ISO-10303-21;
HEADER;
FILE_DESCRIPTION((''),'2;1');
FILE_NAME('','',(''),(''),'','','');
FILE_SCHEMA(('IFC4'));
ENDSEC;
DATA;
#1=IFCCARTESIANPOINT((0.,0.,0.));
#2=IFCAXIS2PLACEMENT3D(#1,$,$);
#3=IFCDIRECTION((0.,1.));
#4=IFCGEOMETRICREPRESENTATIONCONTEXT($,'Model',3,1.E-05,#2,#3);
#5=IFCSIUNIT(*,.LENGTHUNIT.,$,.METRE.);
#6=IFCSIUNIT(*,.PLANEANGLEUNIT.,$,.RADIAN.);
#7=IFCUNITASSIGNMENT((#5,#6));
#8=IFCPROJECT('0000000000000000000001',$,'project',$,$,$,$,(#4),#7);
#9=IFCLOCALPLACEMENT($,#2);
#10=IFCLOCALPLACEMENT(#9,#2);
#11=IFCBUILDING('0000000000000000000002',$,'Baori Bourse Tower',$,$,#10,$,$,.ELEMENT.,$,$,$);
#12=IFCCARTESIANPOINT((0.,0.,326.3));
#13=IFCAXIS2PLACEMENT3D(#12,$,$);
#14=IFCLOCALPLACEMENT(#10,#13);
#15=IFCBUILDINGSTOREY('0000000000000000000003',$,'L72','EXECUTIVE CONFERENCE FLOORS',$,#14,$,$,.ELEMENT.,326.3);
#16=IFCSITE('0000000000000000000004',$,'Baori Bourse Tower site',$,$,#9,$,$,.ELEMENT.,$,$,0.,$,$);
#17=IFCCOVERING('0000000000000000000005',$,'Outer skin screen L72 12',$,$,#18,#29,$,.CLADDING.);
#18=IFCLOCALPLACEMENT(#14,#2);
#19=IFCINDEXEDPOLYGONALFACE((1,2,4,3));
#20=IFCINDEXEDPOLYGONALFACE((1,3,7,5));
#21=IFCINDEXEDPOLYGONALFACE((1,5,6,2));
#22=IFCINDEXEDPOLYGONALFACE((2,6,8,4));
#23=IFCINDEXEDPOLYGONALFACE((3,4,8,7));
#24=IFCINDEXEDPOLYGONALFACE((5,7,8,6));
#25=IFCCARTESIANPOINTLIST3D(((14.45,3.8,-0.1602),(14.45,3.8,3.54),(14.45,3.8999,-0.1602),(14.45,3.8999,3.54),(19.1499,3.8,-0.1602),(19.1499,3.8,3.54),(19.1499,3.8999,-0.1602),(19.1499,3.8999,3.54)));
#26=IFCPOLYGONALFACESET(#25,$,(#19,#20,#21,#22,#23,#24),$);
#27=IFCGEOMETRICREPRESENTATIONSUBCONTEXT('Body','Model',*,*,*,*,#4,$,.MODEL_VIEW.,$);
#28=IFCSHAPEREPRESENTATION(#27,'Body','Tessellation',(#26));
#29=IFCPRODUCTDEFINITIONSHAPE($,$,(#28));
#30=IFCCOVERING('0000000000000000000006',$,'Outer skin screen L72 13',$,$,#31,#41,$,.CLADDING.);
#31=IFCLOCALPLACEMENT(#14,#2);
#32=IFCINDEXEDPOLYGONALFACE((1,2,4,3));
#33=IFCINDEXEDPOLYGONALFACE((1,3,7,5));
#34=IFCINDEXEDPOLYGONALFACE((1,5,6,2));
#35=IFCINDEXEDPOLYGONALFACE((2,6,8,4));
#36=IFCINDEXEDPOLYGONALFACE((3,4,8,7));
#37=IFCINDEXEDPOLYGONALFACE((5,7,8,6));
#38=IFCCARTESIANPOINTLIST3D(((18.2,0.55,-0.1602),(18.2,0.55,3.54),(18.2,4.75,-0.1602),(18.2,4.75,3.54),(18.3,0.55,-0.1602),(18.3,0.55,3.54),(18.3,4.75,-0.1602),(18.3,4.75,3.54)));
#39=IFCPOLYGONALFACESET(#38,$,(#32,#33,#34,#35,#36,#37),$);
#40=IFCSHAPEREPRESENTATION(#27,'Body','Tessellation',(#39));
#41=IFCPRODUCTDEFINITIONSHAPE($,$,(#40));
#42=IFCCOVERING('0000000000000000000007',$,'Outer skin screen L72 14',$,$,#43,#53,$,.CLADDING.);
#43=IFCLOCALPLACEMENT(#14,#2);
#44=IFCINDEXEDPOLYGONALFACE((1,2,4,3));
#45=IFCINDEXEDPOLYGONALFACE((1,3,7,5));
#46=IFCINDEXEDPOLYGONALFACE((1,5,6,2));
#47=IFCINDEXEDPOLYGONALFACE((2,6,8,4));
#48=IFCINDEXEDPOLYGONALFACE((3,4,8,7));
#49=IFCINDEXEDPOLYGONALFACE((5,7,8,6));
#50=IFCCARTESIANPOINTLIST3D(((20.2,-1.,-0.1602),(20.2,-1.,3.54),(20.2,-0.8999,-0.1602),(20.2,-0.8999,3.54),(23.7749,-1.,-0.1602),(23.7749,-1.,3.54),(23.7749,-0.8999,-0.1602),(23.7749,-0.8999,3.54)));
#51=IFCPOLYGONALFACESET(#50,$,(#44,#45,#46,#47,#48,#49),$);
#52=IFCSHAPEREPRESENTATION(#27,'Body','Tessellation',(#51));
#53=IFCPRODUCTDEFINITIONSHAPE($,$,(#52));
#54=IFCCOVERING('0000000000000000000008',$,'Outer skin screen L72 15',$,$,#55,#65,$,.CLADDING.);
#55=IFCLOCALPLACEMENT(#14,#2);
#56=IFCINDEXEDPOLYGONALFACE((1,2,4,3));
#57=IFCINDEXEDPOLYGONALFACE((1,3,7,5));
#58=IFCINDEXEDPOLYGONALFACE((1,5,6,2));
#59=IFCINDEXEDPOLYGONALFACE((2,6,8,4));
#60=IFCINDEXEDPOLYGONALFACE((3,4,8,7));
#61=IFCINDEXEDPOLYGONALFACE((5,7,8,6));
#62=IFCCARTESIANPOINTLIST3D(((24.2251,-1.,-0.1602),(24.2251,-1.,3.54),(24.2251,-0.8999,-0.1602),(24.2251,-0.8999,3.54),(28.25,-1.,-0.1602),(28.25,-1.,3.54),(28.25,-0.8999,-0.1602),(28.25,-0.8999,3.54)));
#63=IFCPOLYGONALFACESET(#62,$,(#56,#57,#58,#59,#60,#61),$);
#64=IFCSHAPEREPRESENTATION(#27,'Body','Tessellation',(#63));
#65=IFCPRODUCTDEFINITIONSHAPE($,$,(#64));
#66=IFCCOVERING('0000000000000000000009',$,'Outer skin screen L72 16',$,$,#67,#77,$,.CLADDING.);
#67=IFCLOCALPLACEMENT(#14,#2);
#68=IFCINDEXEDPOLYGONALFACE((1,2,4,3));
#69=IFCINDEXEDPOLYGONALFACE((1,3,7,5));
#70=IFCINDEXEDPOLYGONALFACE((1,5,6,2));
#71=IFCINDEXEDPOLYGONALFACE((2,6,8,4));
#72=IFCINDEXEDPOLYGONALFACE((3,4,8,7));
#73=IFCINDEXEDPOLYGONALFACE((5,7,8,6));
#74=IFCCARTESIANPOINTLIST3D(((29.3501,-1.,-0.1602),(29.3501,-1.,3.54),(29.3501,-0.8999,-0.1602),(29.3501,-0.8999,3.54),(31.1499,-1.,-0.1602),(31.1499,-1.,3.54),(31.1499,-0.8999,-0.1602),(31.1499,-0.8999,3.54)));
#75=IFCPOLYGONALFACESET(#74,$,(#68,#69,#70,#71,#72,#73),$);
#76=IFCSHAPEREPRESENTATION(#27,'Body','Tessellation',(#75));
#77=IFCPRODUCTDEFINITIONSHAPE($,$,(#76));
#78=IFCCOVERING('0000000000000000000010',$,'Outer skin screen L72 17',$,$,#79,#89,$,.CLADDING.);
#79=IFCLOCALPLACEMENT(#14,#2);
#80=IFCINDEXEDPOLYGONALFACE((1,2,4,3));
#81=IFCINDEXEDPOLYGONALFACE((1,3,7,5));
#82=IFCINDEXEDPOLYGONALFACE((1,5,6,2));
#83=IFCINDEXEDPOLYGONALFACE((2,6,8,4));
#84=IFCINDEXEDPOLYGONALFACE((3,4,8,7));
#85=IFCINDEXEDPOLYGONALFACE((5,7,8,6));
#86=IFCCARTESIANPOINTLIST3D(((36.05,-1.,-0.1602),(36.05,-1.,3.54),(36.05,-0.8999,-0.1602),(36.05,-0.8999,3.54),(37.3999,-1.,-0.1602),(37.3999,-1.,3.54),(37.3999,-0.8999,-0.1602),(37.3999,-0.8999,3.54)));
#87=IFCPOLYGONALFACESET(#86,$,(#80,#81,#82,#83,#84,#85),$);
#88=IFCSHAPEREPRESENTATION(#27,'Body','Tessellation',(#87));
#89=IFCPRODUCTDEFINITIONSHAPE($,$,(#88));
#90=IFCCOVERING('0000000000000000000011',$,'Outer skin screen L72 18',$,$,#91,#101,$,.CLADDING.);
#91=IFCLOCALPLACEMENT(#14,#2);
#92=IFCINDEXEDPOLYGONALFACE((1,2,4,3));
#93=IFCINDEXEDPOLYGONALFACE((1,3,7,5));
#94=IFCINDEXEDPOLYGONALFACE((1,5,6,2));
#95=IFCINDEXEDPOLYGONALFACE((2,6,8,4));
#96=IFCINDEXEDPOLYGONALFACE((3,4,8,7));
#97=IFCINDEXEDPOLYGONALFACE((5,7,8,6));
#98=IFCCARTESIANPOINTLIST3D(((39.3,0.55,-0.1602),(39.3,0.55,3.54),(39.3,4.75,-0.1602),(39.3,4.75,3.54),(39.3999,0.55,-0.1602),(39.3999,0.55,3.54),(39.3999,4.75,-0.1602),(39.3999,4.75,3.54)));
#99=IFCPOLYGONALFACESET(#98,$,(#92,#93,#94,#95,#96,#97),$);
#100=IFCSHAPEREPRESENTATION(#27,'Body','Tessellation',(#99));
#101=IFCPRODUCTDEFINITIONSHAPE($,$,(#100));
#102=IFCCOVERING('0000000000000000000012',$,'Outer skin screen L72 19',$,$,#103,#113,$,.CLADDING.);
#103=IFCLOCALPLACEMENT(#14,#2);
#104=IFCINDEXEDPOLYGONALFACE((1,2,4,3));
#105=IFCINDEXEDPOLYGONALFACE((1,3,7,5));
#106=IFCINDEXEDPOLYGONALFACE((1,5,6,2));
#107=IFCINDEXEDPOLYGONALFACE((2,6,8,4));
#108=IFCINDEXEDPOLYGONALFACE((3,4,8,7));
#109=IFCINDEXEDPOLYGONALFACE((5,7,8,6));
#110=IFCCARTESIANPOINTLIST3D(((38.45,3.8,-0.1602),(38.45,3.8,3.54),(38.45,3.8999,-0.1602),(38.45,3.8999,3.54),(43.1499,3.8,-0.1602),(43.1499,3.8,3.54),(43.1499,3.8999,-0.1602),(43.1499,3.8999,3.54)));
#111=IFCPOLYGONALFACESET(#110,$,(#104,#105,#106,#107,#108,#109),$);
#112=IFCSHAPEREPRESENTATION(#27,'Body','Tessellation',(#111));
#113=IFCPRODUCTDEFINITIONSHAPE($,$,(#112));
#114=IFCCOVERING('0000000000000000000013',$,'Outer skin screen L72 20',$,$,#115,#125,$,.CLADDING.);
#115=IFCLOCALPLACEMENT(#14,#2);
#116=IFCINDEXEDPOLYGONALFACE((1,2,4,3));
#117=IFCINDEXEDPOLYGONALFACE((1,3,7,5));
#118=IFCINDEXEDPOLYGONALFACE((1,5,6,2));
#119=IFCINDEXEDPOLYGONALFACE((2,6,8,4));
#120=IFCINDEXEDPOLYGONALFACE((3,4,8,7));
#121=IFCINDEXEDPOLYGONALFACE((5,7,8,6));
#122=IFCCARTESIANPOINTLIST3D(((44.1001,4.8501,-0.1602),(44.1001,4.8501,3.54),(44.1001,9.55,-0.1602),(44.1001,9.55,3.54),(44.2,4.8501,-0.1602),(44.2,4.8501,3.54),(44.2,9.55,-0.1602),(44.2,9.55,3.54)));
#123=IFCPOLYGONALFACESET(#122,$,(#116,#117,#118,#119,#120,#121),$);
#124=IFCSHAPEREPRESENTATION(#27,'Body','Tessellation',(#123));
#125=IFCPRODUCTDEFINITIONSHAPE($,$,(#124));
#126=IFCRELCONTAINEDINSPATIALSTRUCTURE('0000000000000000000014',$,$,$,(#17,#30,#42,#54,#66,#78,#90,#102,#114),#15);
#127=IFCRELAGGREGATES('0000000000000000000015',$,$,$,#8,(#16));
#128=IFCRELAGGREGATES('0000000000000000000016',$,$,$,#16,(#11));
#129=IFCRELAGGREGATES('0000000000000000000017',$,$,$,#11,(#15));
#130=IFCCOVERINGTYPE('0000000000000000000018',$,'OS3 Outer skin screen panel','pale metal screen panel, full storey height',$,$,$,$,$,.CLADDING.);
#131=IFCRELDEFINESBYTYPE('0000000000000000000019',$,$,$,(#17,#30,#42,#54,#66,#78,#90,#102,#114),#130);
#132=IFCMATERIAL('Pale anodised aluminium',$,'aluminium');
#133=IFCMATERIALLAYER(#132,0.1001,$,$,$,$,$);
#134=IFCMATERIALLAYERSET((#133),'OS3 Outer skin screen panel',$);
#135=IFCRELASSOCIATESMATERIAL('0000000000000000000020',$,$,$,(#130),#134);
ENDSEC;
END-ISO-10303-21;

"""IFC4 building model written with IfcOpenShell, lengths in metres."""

from ifc_helpers import new_model, si_unit, direction, frame, origin, place, context, subcontext, project, spatial, polyline, outline, extrude, material, layer, layer_set, type_object, element, save


model = new_model("IFC4")

# Units and contexts
model_context = context("Model", 3, precision=1e-05, world=origin(), true_north=direction((0.0, 1.0)))
body_context = subcontext(model_context, "Body", "Model", "MODEL_VIEW")
ifc_project = project(units=[si_unit("LENGTHUNIT", "METRE"), si_unit("PLANEANGLEUNIT", "RADIAN")], contexts=[model_context])

# Site, building, storey
site_placement = place(None, origin())
site = spatial("IfcSite", under=ifc_project, at=site_placement, Name="Baori Bourse Tower site", CompositionType="ELEMENT", RefElevation=0.0)
building_placement = place(site_placement, origin())
building = spatial("IfcBuilding", under=site, at=building_placement, Name="Baori Bourse Tower", CompositionType="ELEMENT")
storey_placement = place(building_placement, frame((0.0, 0.0, 326.3)))
storey = spatial("IfcBuildingStorey", under=building, at=storey_placement, Name="L72", Description="EXECUTIVE CONFERENCE FLOORS", CompositionType="ELEMENT", Elevation=326.3)

# Coverings
ifc_material_1 = material(Name="Pale anodised aluminium", Category="aluminium")
ifc_layer_1 = layer(ifc_material_1, 0.1001)
ifc_layer_set_1 = layer_set([ifc_layer_1], Name="OS3 Outer skin screen panel")
covering_type_1 = type_object("IfcCoveringType", Name="OS3 Outer skin screen panel", Description="pale metal screen panel, full storey height", PredefinedType="CLADDING", material=ifc_layer_set_1)
covering_1_placement = place(storey_placement, frame((0.0, 0.0, -0.1602)))
element("IfcCovering", 1, at=covering_1_placement, inside=storey, type_object=covering_type_1, Name="Outer skin screen L72 12", PredefinedType="CLADDING", context=body_context, shape_type="SweptSolid", body=[
    extrude(outline(polyline([(19.1499, 3.8999), (14.45, 3.8999), (14.45, 3.8), (19.1499, 3.8), (19.1499, 3.8999)])), origin(), (0.0, 0.0, 1.0), 3.7002),
])
covering_2_placement = place(storey_placement, frame((0.0, 0.0, -0.1602)))
element("IfcCovering", 2, at=covering_2_placement, inside=storey, type_object=covering_type_1, Name="Outer skin screen L72 13", PredefinedType="CLADDING", context=body_context, shape_type="SweptSolid", body=[
    extrude(outline(polyline([(18.3, 0.55), (18.3, 4.75), (18.2, 4.75), (18.2, 0.55), (18.3, 0.55)])), origin(), (0.0, 0.0, 1.0), 3.7002),
])
covering_3_placement = place(storey_placement, frame((0.0, 0.0, -0.1602)))
element("IfcCovering", 3, at=covering_3_placement, inside=storey, type_object=covering_type_1, Name="Outer skin screen L72 14", PredefinedType="CLADDING", context=body_context, shape_type="SweptSolid", body=[
    extrude(outline(polyline([(23.7749, -0.8999), (20.2, -0.8999), (20.2, -1.0), (23.7749, -1.0), (23.7749, -0.8999)])), origin(), (0.0, 0.0, 1.0), 3.7002),
])
covering_4_placement = place(storey_placement, frame((0.0, 0.0, -0.1602)))
element("IfcCovering", 4, at=covering_4_placement, inside=storey, type_object=covering_type_1, Name="Outer skin screen L72 15", PredefinedType="CLADDING", context=body_context, shape_type="SweptSolid", body=[
    extrude(outline(polyline([(28.25, -0.8999), (24.2251, -0.8999), (24.2251, -1.0), (28.25, -1.0), (28.25, -0.8999)])), origin(), (0.0, 0.0, 1.0), 3.7002),
])
covering_5_placement = place(storey_placement, frame((0.0, 0.0, -0.1602)))
element("IfcCovering", 5, at=covering_5_placement, inside=storey, type_object=covering_type_1, Name="Outer skin screen L72 16", PredefinedType="CLADDING", context=body_context, shape_type="SweptSolid", body=[
    extrude(outline(polyline([(31.1499, -0.8999), (29.3501, -0.8999), (29.3501, -1.0), (31.1499, -1.0), (31.1499, -0.8999)])), origin(), (0.0, 0.0, 1.0), 3.7002),
])
covering_6_placement = place(storey_placement, frame((0.0, 0.0, -0.1602)))
element("IfcCovering", 6, at=covering_6_placement, inside=storey, type_object=covering_type_1, Name="Outer skin screen L72 17", PredefinedType="CLADDING", context=body_context, shape_type="SweptSolid", body=[
    extrude(outline(polyline([(37.3999, -0.8999), (36.05, -0.8999), (36.05, -1.0), (37.3999, -1.0), (37.3999, -0.8999)])), origin(), (0.0, 0.0, 1.0), 3.7002),
])
covering_7_placement = place(storey_placement, frame((0.0, 0.0, -0.1602)))
element("IfcCovering", 7, at=covering_7_placement, inside=storey, type_object=covering_type_1, Name="Outer skin screen L72 18", PredefinedType="CLADDING", context=body_context, shape_type="SweptSolid", body=[
    extrude(outline(polyline([(39.3, 4.75), (39.3, 0.55), (39.3999, 0.55), (39.3999, 4.75), (39.3, 4.75)])), origin(), (0.0, 0.0, 1.0), 3.7002),
])
covering_8_placement = place(storey_placement, frame((0.0, 0.0, -0.1602)))
element("IfcCovering", 8, at=covering_8_placement, inside=storey, type_object=covering_type_1, Name="Outer skin screen L72 19", PredefinedType="CLADDING", context=body_context, shape_type="SweptSolid", body=[
    extrude(outline(polyline([(43.1499, 3.8999), (38.45, 3.8999), (38.45, 3.8), (43.1499, 3.8), (43.1499, 3.8999)])), origin(), (0.0, 0.0, 1.0), 3.7002),
])
covering_9_placement = place(storey_placement, frame((0.0, 0.0, -0.1602)))
element("IfcCovering", 9, at=covering_9_placement, inside=storey, type_object=covering_type_1, Name="Outer skin screen L72 20", PredefinedType="CLADDING", context=body_context, shape_type="SweptSolid", body=[
    extrude(outline(polyline([(44.1001, 9.55), (44.1001, 4.8501), (44.2, 4.8501), (44.2, 9.55), (44.1001, 9.55)])), origin(), (0.0, 0.0, 1.0), 3.7002),
])

save(model, "model.ifc")
